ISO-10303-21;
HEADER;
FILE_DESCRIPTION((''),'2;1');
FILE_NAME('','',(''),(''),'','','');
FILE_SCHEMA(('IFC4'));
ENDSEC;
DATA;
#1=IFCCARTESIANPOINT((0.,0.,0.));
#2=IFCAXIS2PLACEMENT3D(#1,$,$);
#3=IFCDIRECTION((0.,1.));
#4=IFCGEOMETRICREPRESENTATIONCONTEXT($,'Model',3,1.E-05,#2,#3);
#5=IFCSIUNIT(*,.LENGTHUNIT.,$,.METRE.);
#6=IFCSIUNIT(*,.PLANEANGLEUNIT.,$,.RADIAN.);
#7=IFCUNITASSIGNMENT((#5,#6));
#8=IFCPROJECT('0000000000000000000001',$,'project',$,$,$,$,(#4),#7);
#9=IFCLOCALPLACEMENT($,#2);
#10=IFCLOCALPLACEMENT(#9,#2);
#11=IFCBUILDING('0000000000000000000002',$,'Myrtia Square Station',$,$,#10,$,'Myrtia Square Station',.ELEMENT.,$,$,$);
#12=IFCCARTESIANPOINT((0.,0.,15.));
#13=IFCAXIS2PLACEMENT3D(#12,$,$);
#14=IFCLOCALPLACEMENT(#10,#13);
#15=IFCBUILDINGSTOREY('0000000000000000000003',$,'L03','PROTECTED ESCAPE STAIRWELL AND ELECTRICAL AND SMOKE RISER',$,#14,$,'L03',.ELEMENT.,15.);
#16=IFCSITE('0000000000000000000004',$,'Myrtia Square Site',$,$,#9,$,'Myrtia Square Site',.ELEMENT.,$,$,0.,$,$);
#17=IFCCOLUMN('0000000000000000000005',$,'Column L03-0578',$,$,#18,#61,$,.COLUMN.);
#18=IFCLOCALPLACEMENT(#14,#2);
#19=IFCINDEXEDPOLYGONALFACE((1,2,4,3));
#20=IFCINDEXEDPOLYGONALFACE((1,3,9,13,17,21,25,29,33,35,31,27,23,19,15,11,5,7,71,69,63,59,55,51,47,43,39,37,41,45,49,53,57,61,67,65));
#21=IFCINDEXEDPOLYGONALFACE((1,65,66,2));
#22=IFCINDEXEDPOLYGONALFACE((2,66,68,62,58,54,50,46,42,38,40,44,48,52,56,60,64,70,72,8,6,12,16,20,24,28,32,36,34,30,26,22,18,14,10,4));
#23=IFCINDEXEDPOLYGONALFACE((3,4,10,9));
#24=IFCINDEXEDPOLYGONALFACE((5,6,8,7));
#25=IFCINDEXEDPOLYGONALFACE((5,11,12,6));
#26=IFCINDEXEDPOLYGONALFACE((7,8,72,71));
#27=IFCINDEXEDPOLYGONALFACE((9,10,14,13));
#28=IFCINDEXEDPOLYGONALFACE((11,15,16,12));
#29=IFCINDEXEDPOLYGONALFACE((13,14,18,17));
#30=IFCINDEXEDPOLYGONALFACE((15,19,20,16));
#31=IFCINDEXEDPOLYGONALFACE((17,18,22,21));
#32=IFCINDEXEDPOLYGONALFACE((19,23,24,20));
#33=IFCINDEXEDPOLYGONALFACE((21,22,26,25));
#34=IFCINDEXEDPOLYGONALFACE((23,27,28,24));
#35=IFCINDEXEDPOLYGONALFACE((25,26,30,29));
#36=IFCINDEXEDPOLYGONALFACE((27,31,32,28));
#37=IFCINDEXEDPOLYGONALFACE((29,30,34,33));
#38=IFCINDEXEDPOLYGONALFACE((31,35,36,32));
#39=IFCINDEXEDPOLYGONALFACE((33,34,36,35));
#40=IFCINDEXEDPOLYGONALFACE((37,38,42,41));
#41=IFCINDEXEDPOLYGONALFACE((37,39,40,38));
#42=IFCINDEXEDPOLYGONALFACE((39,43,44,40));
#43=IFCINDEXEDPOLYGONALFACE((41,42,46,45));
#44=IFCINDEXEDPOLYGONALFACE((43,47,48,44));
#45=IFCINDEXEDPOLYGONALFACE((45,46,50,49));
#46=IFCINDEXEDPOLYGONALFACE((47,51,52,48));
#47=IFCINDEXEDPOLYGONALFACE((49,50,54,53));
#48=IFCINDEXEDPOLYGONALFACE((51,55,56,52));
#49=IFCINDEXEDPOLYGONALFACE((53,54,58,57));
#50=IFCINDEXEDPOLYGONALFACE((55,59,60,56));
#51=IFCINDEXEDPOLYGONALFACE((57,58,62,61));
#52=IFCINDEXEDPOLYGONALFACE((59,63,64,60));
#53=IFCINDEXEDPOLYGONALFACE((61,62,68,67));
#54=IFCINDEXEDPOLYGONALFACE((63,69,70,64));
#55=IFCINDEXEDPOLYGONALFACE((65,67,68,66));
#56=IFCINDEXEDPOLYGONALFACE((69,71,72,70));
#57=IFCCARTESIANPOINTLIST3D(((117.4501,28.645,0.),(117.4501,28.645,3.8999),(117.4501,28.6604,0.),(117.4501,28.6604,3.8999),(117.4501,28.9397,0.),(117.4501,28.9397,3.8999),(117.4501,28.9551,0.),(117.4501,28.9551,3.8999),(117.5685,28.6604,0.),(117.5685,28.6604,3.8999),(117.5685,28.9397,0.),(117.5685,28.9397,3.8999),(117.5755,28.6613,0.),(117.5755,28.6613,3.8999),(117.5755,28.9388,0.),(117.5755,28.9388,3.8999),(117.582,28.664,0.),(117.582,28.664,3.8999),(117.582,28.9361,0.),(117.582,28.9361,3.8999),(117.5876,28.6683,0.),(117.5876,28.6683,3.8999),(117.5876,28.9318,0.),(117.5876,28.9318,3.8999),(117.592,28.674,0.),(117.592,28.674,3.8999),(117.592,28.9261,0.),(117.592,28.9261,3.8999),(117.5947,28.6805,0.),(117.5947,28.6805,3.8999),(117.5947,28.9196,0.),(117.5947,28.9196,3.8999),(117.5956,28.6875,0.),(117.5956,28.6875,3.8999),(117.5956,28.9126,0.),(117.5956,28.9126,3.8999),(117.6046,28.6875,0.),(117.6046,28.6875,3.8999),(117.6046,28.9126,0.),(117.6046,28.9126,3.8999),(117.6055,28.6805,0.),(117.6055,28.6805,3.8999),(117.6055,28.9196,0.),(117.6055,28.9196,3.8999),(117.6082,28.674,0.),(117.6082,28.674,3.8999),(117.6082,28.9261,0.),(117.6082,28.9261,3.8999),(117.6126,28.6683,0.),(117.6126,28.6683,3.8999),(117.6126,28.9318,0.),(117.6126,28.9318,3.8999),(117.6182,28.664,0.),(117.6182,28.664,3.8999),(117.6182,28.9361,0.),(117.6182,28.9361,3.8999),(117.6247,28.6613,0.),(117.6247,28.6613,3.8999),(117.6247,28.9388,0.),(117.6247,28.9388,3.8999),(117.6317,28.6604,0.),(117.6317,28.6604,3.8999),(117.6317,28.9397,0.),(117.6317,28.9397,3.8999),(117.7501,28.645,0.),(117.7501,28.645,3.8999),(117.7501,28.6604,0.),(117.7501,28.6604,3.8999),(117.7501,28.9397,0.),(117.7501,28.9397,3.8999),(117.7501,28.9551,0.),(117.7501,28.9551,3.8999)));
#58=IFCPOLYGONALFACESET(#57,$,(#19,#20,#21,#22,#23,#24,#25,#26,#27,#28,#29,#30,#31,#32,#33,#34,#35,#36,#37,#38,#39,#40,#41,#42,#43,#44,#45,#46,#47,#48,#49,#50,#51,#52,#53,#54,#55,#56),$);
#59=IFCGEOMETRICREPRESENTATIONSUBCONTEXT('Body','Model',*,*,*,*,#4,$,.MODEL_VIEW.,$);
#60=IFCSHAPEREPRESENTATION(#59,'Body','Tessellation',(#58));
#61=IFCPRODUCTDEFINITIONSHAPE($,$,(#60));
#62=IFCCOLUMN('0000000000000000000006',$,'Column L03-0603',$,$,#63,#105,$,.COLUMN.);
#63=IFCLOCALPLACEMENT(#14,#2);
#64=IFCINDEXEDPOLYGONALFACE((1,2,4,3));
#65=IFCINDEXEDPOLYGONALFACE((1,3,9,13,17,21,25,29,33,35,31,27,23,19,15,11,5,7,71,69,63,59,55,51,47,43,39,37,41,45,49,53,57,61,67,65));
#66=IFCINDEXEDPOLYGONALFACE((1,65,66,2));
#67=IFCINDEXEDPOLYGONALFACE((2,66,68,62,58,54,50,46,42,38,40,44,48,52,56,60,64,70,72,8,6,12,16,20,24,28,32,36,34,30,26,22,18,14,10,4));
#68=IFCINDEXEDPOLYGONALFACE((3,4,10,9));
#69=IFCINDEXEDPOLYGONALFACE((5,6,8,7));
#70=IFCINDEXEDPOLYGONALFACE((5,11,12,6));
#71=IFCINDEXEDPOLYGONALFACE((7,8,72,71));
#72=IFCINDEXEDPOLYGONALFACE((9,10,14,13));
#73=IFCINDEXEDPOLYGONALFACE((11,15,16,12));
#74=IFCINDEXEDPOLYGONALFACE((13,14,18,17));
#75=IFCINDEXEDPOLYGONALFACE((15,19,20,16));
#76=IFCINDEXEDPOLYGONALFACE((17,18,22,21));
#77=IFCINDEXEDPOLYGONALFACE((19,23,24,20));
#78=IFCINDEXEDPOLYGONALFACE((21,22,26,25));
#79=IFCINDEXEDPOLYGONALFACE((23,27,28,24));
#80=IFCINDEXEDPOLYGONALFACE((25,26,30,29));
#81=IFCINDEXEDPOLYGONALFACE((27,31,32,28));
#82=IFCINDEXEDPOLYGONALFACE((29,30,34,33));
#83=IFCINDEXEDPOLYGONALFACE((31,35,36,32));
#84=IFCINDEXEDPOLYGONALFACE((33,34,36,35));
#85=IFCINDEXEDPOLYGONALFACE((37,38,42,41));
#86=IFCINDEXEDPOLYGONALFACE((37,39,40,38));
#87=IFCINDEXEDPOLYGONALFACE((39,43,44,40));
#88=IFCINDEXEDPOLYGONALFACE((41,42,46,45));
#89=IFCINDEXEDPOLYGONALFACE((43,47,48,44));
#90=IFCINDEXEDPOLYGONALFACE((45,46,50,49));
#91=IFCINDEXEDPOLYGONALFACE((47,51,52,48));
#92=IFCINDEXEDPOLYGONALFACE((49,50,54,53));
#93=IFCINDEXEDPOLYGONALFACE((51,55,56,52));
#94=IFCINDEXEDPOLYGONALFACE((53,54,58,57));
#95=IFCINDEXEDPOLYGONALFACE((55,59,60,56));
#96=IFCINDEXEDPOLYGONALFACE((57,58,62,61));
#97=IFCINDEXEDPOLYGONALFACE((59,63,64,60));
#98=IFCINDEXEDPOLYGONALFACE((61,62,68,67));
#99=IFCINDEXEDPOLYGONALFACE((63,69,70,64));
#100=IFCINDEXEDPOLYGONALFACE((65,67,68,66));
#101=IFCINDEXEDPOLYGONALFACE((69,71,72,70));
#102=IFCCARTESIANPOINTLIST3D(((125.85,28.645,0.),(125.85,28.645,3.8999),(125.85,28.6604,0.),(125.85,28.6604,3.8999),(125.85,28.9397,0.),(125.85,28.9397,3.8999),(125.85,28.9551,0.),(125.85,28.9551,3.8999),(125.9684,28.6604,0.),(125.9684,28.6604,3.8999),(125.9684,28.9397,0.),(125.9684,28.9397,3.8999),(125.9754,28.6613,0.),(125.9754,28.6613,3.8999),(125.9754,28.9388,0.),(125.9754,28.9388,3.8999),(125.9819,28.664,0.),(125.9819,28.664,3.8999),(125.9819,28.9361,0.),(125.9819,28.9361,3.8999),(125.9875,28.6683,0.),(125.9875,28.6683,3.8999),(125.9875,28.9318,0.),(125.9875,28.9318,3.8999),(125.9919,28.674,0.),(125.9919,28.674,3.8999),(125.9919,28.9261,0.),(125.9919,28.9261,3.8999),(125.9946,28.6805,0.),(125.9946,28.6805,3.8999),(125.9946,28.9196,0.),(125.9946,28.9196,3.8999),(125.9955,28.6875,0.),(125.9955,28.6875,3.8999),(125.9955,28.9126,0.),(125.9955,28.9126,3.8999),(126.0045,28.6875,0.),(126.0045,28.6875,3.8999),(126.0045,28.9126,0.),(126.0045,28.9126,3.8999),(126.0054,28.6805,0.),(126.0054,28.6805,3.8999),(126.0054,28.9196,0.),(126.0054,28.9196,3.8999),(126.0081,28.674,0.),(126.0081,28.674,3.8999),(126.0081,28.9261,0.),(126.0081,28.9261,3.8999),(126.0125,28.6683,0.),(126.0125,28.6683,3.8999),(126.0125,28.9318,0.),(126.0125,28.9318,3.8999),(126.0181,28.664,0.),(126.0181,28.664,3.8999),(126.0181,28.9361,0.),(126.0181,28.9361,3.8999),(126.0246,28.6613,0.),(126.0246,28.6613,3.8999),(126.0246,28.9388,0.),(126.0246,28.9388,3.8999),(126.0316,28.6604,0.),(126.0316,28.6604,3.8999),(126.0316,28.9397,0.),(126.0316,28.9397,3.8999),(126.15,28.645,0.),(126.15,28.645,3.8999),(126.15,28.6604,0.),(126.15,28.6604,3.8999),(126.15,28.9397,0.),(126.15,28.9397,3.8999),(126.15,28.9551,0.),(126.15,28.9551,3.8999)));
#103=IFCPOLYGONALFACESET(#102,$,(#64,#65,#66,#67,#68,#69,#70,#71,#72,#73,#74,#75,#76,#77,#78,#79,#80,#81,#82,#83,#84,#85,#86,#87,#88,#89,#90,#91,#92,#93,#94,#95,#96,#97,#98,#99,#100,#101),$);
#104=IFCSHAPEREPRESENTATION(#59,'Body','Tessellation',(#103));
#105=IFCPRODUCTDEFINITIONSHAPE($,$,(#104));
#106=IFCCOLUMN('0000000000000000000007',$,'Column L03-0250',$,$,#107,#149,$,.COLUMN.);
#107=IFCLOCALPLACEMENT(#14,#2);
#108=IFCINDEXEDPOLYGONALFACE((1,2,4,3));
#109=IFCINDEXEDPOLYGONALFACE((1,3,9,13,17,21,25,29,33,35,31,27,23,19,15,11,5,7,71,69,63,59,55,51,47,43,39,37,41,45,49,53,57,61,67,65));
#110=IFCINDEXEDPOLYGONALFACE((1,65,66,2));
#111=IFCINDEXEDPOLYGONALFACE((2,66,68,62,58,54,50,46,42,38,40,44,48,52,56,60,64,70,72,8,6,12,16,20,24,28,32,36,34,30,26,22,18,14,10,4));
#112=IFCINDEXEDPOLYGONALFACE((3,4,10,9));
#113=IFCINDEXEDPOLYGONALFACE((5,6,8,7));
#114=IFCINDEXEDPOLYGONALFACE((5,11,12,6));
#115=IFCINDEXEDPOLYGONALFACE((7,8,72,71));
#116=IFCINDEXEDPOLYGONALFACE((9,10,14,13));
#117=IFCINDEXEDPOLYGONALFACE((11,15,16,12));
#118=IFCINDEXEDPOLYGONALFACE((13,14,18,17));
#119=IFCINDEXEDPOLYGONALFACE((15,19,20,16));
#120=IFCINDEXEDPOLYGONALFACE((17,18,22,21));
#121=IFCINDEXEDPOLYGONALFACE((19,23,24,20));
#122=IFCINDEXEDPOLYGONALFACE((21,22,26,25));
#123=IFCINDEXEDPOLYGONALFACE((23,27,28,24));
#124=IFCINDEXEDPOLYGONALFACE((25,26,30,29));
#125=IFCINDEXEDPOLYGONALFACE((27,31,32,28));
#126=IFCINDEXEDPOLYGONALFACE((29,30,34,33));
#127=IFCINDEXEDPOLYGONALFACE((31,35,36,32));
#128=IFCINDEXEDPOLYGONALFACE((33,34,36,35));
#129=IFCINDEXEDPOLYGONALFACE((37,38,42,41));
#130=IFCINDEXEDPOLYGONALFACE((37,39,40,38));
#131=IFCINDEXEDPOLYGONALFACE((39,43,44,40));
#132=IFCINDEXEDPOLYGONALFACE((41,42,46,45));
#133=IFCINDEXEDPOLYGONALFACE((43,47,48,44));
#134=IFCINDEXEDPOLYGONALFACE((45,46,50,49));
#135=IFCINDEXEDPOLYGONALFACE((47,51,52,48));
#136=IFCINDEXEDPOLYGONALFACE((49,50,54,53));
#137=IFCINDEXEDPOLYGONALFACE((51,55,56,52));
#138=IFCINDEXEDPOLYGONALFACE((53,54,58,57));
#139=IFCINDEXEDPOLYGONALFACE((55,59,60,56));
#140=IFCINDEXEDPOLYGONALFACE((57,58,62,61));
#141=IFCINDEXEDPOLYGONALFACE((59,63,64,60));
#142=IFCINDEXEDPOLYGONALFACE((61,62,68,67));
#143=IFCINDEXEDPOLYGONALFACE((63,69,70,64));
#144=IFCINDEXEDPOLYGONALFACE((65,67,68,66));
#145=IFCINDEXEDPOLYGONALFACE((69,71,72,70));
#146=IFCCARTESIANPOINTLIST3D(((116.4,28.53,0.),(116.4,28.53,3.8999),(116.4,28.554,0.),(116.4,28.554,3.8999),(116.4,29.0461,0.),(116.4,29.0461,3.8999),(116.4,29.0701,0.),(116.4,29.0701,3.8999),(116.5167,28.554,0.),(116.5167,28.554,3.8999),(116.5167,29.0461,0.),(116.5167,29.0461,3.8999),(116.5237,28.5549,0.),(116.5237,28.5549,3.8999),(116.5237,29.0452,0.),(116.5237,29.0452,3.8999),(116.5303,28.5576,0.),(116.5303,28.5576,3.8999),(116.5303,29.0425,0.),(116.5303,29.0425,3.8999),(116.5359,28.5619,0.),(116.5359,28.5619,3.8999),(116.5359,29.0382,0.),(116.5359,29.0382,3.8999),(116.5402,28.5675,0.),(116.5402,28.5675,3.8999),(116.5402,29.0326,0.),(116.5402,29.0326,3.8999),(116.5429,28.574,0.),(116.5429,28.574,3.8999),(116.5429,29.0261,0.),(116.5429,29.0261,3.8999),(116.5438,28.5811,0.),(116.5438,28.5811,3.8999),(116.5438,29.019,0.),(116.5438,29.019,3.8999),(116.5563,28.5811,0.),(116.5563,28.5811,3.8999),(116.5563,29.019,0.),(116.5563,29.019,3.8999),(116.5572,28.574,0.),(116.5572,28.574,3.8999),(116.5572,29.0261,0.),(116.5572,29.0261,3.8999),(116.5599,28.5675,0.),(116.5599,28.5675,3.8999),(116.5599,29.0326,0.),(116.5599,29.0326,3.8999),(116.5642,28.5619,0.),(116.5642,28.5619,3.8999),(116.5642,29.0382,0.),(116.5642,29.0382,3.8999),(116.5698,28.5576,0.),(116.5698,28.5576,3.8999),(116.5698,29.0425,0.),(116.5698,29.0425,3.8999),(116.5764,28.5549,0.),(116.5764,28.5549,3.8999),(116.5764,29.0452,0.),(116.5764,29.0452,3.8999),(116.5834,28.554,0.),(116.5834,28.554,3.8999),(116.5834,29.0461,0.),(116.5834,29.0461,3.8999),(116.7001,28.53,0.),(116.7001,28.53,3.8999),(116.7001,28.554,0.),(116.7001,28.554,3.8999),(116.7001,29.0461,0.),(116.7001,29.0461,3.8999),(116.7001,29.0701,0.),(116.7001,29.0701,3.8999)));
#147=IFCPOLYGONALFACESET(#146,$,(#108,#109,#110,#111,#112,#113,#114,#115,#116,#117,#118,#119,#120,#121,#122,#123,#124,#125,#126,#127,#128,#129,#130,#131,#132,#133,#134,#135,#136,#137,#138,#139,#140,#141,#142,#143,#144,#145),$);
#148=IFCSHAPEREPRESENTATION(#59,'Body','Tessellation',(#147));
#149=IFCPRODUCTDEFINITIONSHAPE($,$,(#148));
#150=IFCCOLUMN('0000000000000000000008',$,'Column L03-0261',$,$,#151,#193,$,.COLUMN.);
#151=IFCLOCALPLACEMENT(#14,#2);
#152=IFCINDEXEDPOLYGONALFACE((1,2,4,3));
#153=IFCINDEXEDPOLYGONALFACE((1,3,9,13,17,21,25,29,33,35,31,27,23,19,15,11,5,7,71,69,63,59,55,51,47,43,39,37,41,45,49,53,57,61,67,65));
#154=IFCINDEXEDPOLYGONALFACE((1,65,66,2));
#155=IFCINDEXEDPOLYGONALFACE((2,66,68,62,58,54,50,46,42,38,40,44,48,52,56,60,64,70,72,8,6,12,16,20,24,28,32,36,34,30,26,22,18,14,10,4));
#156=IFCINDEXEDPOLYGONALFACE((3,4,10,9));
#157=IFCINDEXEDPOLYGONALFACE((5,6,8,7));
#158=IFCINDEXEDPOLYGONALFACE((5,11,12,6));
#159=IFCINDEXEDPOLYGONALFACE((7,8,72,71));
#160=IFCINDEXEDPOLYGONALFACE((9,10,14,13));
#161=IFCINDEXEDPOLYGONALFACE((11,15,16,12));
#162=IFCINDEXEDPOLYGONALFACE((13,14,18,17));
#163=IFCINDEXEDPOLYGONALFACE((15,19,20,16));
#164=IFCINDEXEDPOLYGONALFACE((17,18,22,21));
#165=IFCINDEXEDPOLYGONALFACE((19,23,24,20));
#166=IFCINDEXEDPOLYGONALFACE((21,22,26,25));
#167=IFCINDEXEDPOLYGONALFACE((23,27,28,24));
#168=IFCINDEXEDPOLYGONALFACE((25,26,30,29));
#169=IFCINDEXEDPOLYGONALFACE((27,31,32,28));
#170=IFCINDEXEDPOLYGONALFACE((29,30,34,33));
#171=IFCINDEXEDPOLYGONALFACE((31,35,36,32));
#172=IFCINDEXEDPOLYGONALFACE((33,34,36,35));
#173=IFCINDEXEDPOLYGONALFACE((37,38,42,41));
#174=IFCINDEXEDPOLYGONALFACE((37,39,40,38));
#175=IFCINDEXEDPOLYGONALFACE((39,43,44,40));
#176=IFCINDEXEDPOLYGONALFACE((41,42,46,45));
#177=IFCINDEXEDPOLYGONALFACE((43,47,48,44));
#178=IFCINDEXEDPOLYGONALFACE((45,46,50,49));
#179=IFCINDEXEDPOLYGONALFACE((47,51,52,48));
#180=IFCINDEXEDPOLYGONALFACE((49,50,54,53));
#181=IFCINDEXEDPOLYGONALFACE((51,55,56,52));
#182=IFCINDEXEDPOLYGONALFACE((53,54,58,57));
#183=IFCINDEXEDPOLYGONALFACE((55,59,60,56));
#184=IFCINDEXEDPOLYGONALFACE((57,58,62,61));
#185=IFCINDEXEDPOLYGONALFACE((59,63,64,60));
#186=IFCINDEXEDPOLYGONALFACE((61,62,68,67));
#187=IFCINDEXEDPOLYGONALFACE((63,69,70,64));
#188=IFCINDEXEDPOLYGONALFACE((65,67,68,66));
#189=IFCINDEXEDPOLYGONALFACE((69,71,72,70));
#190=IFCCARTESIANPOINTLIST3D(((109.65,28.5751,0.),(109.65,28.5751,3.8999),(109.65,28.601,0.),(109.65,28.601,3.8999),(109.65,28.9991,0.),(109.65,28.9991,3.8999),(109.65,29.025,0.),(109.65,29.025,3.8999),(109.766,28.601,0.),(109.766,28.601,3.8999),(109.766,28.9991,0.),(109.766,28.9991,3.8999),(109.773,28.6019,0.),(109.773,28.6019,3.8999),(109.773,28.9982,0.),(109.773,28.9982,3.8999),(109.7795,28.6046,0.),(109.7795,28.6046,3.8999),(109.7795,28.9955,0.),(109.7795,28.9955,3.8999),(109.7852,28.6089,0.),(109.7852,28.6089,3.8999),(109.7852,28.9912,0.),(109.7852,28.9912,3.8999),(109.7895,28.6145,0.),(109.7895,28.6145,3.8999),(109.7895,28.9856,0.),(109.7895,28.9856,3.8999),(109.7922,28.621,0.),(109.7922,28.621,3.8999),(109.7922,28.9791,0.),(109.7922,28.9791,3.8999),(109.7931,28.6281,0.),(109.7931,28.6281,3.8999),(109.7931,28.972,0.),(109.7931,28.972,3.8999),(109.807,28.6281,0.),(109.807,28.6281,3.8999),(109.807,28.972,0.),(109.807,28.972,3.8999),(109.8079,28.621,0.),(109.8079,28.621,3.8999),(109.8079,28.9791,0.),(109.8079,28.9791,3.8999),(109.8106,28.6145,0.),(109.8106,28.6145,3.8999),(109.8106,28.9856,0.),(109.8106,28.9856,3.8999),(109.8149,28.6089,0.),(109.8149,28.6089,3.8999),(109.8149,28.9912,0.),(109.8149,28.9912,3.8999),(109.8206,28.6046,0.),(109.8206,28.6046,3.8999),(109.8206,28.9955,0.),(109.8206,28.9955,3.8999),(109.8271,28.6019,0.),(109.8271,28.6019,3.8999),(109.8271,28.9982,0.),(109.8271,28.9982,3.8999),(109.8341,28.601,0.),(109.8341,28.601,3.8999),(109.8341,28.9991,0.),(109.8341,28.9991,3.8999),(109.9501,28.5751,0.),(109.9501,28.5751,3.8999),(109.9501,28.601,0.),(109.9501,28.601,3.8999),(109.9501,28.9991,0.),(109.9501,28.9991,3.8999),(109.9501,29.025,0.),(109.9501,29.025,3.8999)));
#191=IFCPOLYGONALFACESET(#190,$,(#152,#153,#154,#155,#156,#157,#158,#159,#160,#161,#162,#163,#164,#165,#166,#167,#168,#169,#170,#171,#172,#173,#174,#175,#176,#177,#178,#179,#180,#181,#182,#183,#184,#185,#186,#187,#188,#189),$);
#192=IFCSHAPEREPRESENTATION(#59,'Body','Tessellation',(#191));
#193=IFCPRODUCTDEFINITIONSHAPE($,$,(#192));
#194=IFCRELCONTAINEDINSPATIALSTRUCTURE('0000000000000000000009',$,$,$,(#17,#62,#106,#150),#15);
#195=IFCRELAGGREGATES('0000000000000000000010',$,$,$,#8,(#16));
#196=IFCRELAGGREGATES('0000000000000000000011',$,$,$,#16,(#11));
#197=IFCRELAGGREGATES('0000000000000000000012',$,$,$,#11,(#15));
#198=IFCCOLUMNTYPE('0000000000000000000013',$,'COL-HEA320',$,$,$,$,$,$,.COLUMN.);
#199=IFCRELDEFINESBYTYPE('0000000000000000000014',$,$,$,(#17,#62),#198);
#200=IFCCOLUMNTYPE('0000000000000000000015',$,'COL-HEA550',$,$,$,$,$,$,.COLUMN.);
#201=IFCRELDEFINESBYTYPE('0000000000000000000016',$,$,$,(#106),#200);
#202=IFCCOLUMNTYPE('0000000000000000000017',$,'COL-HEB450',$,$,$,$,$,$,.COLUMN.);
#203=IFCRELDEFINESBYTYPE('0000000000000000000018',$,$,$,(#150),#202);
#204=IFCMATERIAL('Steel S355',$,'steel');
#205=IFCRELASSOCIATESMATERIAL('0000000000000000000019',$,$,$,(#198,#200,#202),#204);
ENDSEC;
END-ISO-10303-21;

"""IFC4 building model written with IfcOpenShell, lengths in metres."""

from ifc_helpers import new_model, si_unit, direction, frame, origin, origin_2d, place, context, subcontext, project, spatial, i_section, extrude, material, material_profile, profile_set, type_object, element, save


model = new_model("IFC4")

# Units and contexts
model_context = context("Model", 3, precision=1e-05, world=origin(), true_north=direction((0.0, 1.0)))
body_context = subcontext(model_context, "Body", "Model", "MODEL_VIEW")
ifc_project = project(units=[si_unit("LENGTHUNIT", "METRE"), si_unit("PLANEANGLEUNIT", "RADIAN")], contexts=[model_context])

# Site, building, storey
site_placement = place(None, origin())
site = spatial("IfcSite", under=ifc_project, at=site_placement, Name="Myrtia Square Site", LongName="Myrtia Square Site", CompositionType="ELEMENT", RefElevation=0.0)
building_placement = place(site_placement, origin())
building = spatial("IfcBuilding", under=site, at=building_placement, Name="Myrtia Square Station", LongName="Myrtia Square Station", CompositionType="ELEMENT")
storey_placement = place(building_placement, frame((0.0, 0.0, 15.0)))
storey = spatial("IfcBuildingStorey", under=building, at=storey_placement, Name="L03", Description="PROTECTED ESCAPE STAIRWELL AND ELECTRICAL AND SMOKE RISER", LongName="L03", CompositionType="ELEMENT", Elevation=15.0)

# Columns
ifc_material_1 = material(Name="Steel S355", Category="steel")
ifc_material_profile_1 = material_profile(ifc_material_1, i_section(OverallWidth=0.3, OverallDepth=0.3101, WebThickness=0.009, FlangeThickness=0.0154, FilletRadius=0.0271, at=origin_2d()), Name="HEA 320")
ifc_profile_set_1 = profile_set([ifc_material_profile_1], Name="Steel S355")
column_type_1 = type_object("IfcColumnType", Name="COL-HEA320", PredefinedType="COLUMN", material=ifc_profile_set_1)
for number, where, z_axis, x_axis, name in (
    (1, (117.6001, 28.8, 0.0), (0.0, 0.0, 1.0), (1.0, 0.0, 0.0), "Column L03-0578"),
    (2, (126.0, 28.8, 0.0), (0.0, 0.0, 1.0), (1.0, 0.0, 0.0), "Column L03-0603"),
):
    element("IfcColumn", number, at=place(storey_placement, frame(where, z_axis=z_axis, x_axis=x_axis)), inside=storey, type_object=column_type_1, Name=name, PredefinedType="COLUMN", context=body_context, shape_type="SweptSolid", body=[
        extrude(i_section(OverallWidth=0.3, OverallDepth=0.3101, WebThickness=0.009, FlangeThickness=0.0154, FilletRadius=0.0271, at=origin_2d()), origin(), (0.0, 0.0, 1.0), 3.8999),
    ])
ifc_material_profile_2 = material_profile(ifc_material_1, i_section(OverallWidth=0.3, OverallDepth=0.54, WebThickness=0.0125, FlangeThickness=0.0239, FilletRadius=0.0271, at=origin_2d()), Name="HEA 550")
ifc_profile_set_2 = profile_set([ifc_material_profile_2], Name="Steel S355")
column_type_2 = type_object("IfcColumnType", Name="COL-HEA550", PredefinedType="COLUMN", material=ifc_profile_set_2)
column_1_placement = place(storey_placement, frame((116.55, 28.8, 0.0), z_axis=(0.0, 0.0, 1.0), x_axis=(1.0, 0.0, 0.0)))
element("IfcColumn", 3, at=column_1_placement, inside=storey, type_object=column_type_2, Name="Column L03-0250", PredefinedType="COLUMN", context=body_context, shape_type="SweptSolid", body=[
    extrude(i_section(OverallWidth=0.3, OverallDepth=0.54, WebThickness=0.0125, FlangeThickness=0.0239, FilletRadius=0.0271, at=origin_2d()), origin(), (0.0, 0.0, 1.0), 3.8999),
])
ifc_material_profile_3 = material_profile(ifc_material_1, i_section(OverallWidth=0.3, OverallDepth=0.45, WebThickness=0.0139, FlangeThickness=0.0259, FilletRadius=0.0271, at=origin_2d()), Name="HEB 450")
ifc_profile_set_3 = profile_set([ifc_material_profile_3], Name="Steel S355")
column_type_3 = type_object("IfcColumnType", Name="COL-HEB450", PredefinedType="COLUMN", material=ifc_profile_set_3)
column_2_placement = place(storey_placement, frame((109.8, 28.8, 0.0), z_axis=(0.0, 0.0, 1.0), x_axis=(1.0, 0.0, 0.0)))
element("IfcColumn", 4, at=column_2_placement, inside=storey, type_object=column_type_3, Name="Column L03-0261", PredefinedType="COLUMN", context=body_context, shape_type="SweptSolid", body=[
    extrude(i_section(OverallWidth=0.3, OverallDepth=0.45, WebThickness=0.0139, FlangeThickness=0.0259, FilletRadius=0.0271, at=origin_2d()), origin(), (0.0, 0.0, 1.0), 3.8999),
])

save(model, "model.ifc")
